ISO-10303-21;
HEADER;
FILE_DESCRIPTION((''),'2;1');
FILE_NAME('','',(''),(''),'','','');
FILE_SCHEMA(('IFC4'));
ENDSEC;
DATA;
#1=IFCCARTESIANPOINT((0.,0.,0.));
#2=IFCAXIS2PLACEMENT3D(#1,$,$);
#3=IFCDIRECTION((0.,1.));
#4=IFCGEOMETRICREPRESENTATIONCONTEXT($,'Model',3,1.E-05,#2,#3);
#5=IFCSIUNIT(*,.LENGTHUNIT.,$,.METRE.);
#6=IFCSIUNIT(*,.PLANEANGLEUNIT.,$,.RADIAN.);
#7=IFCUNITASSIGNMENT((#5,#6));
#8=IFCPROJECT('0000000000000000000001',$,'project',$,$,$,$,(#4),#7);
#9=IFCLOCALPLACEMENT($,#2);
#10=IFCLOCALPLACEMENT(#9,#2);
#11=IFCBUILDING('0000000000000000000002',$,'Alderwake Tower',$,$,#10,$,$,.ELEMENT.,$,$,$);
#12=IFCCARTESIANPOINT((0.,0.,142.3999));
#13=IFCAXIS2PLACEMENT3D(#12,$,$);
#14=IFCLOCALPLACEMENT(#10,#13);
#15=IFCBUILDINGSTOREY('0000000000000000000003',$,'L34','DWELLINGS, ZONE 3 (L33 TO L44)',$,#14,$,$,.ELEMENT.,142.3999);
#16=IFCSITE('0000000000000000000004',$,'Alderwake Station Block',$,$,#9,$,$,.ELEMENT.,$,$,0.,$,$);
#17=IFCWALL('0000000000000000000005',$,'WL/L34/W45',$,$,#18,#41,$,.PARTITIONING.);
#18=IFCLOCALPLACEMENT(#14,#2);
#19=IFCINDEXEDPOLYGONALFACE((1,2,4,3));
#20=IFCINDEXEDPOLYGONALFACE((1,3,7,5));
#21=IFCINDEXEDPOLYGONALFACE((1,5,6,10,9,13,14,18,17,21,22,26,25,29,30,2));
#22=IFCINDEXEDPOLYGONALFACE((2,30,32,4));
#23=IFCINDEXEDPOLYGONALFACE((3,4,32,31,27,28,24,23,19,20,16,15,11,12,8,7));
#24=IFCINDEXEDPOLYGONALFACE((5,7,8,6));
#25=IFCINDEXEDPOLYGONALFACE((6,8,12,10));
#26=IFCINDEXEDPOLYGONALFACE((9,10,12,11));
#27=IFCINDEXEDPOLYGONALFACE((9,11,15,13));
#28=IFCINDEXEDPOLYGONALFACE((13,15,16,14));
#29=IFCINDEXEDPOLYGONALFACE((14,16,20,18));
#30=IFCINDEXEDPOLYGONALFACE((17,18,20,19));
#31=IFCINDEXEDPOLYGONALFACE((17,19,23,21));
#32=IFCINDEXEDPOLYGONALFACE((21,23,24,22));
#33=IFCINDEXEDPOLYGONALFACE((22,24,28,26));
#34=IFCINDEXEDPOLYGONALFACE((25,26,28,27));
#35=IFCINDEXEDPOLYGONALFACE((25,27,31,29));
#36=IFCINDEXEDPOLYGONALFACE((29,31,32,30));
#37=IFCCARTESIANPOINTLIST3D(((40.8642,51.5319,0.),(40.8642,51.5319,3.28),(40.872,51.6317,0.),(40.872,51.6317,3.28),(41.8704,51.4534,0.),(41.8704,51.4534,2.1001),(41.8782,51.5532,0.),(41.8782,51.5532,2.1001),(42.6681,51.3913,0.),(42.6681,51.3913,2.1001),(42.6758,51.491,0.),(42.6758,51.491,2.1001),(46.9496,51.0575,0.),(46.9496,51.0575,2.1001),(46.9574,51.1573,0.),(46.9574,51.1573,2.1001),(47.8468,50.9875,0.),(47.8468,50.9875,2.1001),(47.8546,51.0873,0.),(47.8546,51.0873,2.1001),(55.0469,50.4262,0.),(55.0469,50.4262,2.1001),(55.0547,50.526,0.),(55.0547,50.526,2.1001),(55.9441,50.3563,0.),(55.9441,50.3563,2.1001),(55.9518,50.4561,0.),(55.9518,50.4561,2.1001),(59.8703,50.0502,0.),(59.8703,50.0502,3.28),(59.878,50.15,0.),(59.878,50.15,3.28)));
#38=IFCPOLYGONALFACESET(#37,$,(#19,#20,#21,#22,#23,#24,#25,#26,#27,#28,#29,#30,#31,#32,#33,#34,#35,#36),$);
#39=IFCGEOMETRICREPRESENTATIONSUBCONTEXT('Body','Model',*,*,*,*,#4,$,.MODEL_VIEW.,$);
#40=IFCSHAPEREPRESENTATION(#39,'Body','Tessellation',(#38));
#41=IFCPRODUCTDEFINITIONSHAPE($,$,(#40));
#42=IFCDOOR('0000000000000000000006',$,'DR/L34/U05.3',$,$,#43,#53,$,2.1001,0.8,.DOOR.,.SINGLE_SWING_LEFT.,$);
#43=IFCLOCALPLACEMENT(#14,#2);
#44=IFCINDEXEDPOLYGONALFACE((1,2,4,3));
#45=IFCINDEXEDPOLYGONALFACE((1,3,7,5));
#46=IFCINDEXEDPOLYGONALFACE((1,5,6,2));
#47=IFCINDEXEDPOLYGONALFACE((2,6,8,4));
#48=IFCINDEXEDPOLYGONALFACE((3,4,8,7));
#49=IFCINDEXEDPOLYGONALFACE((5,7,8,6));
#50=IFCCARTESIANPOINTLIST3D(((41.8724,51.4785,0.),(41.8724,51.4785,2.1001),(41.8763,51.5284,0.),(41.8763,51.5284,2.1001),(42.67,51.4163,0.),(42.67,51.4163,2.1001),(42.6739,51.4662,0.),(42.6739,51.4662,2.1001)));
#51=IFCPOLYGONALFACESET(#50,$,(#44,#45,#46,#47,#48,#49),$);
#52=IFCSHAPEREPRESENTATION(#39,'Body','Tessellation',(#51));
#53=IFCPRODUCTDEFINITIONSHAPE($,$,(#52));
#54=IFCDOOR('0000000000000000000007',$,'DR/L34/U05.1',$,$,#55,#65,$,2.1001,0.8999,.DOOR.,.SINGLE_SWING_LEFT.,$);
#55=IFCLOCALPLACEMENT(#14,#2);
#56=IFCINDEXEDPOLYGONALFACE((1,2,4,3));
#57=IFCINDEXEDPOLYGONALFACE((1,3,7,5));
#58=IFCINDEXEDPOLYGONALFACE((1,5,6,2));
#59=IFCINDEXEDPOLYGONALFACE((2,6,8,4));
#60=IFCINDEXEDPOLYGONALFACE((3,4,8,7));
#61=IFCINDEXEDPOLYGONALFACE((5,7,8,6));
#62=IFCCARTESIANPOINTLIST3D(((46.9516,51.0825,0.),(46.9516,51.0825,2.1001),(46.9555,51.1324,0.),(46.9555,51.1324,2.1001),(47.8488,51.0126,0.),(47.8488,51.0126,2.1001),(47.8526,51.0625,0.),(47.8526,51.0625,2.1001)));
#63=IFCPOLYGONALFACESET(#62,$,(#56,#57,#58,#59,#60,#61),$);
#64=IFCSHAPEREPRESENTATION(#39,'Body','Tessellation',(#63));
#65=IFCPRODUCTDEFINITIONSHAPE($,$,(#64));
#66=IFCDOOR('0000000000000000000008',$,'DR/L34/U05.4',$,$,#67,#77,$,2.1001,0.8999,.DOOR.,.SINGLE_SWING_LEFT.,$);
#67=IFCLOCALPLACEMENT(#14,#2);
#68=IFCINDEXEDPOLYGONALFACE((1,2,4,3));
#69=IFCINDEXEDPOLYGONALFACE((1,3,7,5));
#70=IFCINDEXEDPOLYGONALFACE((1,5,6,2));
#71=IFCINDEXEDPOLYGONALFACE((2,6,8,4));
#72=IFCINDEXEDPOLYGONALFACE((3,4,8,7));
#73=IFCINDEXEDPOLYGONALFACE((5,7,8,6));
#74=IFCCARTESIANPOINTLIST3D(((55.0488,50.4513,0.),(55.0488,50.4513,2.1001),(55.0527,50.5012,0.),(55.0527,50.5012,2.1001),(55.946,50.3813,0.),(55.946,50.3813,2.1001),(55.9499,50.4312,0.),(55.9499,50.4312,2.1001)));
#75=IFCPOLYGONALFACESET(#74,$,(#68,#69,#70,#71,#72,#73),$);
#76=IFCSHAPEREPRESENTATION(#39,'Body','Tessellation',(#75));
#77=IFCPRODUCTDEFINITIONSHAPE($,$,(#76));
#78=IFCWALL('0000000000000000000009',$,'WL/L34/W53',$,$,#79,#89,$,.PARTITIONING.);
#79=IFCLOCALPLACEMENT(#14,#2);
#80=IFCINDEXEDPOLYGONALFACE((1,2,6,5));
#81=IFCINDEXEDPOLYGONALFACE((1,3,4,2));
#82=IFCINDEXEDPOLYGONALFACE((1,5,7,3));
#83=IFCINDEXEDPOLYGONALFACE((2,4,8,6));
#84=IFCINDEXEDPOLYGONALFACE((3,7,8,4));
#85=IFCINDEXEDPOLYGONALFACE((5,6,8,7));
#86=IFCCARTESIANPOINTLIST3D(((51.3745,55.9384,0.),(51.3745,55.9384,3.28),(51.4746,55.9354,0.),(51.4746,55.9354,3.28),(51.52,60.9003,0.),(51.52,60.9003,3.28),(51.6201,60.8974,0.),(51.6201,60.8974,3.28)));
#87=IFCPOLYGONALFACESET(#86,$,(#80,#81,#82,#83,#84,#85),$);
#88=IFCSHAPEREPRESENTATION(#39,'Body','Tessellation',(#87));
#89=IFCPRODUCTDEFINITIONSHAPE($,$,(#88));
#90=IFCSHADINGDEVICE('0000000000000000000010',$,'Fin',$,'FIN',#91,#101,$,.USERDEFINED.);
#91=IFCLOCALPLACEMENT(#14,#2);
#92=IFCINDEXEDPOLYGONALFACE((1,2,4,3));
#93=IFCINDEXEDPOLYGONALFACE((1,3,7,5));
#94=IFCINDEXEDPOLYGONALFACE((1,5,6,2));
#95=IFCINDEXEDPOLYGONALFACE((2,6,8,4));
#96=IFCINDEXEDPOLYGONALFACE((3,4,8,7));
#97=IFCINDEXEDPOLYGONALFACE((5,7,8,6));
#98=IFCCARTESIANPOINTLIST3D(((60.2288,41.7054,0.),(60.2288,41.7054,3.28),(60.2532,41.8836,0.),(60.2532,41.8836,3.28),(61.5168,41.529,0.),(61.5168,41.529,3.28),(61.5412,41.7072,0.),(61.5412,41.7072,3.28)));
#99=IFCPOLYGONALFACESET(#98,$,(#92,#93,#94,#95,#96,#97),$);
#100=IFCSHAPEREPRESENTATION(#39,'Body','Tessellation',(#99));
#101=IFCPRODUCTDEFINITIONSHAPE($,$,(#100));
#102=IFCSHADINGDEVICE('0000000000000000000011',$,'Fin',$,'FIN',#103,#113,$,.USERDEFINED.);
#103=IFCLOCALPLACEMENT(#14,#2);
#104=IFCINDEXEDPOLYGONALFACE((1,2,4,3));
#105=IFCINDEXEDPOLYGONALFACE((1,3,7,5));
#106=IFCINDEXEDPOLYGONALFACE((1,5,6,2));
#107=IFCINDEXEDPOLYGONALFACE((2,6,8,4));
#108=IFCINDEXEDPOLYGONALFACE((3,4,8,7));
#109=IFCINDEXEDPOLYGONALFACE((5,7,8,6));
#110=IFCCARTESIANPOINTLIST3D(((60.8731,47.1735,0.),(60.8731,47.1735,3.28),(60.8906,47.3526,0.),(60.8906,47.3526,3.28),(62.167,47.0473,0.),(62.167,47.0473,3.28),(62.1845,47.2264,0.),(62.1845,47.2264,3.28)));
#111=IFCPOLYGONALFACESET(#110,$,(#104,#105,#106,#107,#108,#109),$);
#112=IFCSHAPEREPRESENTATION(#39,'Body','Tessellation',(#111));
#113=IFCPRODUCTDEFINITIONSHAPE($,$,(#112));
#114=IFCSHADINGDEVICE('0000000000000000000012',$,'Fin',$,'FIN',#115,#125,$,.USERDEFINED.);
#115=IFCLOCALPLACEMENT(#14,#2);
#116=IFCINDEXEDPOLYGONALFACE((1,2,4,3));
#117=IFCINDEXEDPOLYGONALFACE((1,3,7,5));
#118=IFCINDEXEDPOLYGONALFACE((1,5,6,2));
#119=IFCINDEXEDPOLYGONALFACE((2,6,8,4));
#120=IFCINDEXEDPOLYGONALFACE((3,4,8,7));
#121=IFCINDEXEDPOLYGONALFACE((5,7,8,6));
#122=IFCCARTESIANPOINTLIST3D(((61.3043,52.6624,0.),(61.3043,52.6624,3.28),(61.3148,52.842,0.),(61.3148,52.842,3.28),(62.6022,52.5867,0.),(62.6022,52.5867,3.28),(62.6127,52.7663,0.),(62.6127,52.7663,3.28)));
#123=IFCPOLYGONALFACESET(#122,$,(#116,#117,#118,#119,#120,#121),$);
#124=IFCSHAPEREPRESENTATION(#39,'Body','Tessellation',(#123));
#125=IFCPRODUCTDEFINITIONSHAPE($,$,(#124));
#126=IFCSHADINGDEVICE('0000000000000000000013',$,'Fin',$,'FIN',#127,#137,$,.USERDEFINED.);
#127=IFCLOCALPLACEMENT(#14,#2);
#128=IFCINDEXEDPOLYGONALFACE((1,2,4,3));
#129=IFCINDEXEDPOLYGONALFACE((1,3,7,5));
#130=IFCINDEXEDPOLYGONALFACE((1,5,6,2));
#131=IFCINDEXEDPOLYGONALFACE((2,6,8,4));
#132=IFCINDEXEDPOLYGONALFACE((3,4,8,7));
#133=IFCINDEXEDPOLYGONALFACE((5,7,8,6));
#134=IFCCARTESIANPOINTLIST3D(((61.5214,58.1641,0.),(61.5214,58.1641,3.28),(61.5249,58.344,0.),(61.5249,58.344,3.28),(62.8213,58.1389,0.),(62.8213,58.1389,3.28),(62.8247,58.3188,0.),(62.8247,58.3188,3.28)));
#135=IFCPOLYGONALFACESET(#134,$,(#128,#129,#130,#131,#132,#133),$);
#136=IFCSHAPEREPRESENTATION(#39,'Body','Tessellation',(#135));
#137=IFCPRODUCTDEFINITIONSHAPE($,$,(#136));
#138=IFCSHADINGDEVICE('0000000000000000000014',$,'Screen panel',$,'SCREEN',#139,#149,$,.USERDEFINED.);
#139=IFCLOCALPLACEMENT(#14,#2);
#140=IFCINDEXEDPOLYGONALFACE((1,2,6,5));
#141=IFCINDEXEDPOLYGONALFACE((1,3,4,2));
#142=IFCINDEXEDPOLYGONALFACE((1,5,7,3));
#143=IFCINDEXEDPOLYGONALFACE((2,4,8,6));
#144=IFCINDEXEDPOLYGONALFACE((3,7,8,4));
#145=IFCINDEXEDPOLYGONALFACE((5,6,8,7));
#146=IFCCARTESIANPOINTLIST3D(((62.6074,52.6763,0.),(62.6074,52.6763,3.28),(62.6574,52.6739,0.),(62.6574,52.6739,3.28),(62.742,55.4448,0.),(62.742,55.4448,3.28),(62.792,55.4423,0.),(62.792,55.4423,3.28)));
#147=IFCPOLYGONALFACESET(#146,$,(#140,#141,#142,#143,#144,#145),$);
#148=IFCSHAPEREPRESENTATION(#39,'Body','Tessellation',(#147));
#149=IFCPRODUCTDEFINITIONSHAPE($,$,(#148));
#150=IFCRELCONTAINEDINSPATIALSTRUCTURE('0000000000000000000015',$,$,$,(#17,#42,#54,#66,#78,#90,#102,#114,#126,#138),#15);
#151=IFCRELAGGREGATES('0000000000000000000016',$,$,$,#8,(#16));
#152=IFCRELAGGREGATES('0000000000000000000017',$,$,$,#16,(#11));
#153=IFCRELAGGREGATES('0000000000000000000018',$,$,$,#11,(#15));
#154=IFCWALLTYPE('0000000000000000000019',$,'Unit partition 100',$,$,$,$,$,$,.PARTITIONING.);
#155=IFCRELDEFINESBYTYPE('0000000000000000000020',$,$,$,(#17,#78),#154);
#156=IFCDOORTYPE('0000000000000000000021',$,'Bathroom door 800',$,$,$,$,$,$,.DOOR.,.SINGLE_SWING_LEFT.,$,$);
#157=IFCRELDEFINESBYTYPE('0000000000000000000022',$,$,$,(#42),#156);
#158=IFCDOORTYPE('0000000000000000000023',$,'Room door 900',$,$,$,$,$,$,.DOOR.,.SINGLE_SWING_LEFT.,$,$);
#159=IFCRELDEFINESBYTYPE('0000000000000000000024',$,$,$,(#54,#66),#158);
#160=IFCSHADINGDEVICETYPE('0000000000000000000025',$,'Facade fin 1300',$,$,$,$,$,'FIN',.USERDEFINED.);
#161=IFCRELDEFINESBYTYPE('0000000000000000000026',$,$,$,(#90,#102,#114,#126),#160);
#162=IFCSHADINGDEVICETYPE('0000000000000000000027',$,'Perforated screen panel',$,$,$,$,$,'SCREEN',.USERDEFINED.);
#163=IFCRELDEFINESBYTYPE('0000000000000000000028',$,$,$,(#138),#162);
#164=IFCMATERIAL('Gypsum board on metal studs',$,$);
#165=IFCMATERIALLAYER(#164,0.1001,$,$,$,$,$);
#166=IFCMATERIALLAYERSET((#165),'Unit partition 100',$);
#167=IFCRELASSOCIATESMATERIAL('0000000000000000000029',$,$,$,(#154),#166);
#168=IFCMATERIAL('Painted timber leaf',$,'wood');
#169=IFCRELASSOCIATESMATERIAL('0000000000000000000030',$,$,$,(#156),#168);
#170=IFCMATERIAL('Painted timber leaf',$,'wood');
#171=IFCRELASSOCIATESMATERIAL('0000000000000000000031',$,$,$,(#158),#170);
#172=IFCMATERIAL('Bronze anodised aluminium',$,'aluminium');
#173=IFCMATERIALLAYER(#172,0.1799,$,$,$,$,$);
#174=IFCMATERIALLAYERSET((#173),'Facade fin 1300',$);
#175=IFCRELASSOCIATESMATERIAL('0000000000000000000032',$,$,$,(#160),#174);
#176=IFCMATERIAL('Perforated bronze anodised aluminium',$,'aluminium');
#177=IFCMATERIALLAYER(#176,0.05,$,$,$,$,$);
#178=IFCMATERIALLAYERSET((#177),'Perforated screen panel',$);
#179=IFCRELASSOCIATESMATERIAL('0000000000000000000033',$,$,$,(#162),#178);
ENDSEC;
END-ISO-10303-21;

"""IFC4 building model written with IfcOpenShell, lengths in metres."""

from ifc_helpers import new_model, si_unit, direction, frame, frame_2d, origin, origin_2d, place, context, subcontext, project, spatial, rectangle, extrude, material, layer, layer_set, type_object, element, fill, save


model = new_model("IFC4")

# Units and contexts
model_context = context("Model", 3, precision=1e-05, world=origin(), true_north=direction((0.0, 1.0)))
body_context = subcontext(model_context, "Body", "Model", "MODEL_VIEW")
ifc_project = project(units=[si_unit("LENGTHUNIT", "METRE"), si_unit("PLANEANGLEUNIT", "RADIAN")], contexts=[model_context])

# Site, building, storey
site_placement = place(None, origin())
site = spatial("IfcSite", under=ifc_project, at=site_placement, Name="Alderwake Station Block", CompositionType="ELEMENT", RefElevation=0.0)
building_placement = place(site_placement, origin())
building = spatial("IfcBuilding", under=site, at=building_placement, Name="Alderwake Tower", CompositionType="ELEMENT")
storey_placement = place(building_placement, frame((0.0, 0.0, 142.3999)))
storey = spatial("IfcBuildingStorey", under=building, at=storey_placement, Name="L34", Description="DWELLINGS, ZONE 3 (L33 TO L44)", CompositionType="ELEMENT", Elevation=142.3999)

# Wall, openings, doors
ifc_material_1 = material(Name="Gypsum board on metal studs")
ifc_layer_1 = layer(ifc_material_1, 0.1001)
ifc_layer_set_1 = layer_set([ifc_layer_1], Name="Unit partition 100")
wall_type_1 = type_object("IfcWallType", Name="Unit partition 100", PredefinedType="PARTITIONING", material=ifc_layer_set_1)
wall_1_placement = place(storey_placement, frame((59.874, 50.1001, 0.0), z_axis=(0.0, 0.0, 1.0), x_axis=(-0.996975, 0.077723, 0.0)))
wall_1 = element("IfcWall", 1, at=wall_1_placement, inside=storey, type_object=wall_type_1, Name="WL/L34/W45", PredefinedType="PARTITIONING", context=body_context, shape_type="SweptSolid", body=[
    extrude(rectangle(XDim=19.0637, YDim=0.1001, at=frame_2d((9.5317, 0.0))), origin(), (0.0, 0.0, 1.0), 3.28),
])
opening_1_placement = place(wall_1_placement, frame((12.0598, 0.0, 0.0)))
opening_1 = element("IfcOpeningElement", 2, at=opening_1_placement, cuts=wall_1, PredefinedType="OPENING", context=body_context, shape_type="SweptSolid", body=[
    extrude(rectangle(XDim=0.8999, YDim=2.1001, at=frame_2d((0.45, 1.05))), frame((0.0, 0.0601, 0.0), z_axis=(0.0, -1.0, 0.0), x_axis=(1.0, 0.0, 0.0)), (0.0, 0.0, 1.0), 0.1201),
])
opening_2_placement = place(wall_1_placement, frame((17.2544, 0.0, 0.0)))
opening_2 = element("IfcOpeningElement", 3, at=opening_2_placement, cuts=wall_1, PredefinedType="OPENING", context=body_context, shape_type="SweptSolid", body=[
    extrude(rectangle(XDim=0.8, YDim=2.1001, at=frame_2d((0.3999, 1.05))), frame((0.0, 0.0601, 0.0), z_axis=(0.0, -1.0, 0.0), x_axis=(1.0, 0.0, 0.0)), (0.0, 0.0, 1.0), 0.1201),
])
opening_3_placement = place(wall_1_placement, frame((3.938, 0.0, 0.0)))
opening_3 = element("IfcOpeningElement", 4, at=opening_3_placement, cuts=wall_1, PredefinedType="OPENING", context=body_context, shape_type="SweptSolid", body=[
    extrude(rectangle(XDim=0.8999, YDim=2.1001, at=frame_2d((0.45, 1.05))), frame((0.0, 0.0601, 0.0), z_axis=(0.0, -1.0, 0.0), x_axis=(1.0, 0.0, 0.0)), (0.0, 0.0, 1.0), 0.1201),
])
ifc_material_2 = material(Name="Painted timber leaf", Category="wood")
door_type_1 = type_object("IfcDoorType", Name="Bathroom door 800", OperationType="SINGLE_SWING_LEFT", PredefinedType="DOOR", material=ifc_material_2)
door_1_placement = place(opening_2_placement, origin())
door_1 = element("IfcDoor", 5, at=door_1_placement, inside=storey, type_object=door_type_1, Name="DR/L34/U05.3", OperationType="SINGLE_SWING_LEFT", OverallHeight=2.1001, OverallWidth=0.8, PredefinedType="DOOR", context=body_context, shape_type="SweptSolid", body=[
    extrude(rectangle(XDim=0.8, YDim=2.1001, at=frame_2d((0.3999, 1.05))), frame((0.0, 0.0249, 0.0), z_axis=(0.0, -1.0, 0.0), x_axis=(1.0, 0.0, 0.0)), (0.0, 0.0, 1.0), 0.05),
])
fill(opening_2, door_1)
ifc_material_3 = material(Name="Painted timber leaf", Category="wood")
door_type_2 = type_object("IfcDoorType", Name="Room door 900", OperationType="SINGLE_SWING_LEFT", PredefinedType="DOOR", material=ifc_material_3)
door_2_placement = place(opening_1_placement, origin())
door_2 = element("IfcDoor", 6, at=door_2_placement, inside=storey, type_object=door_type_2, Name="DR/L34/U05.1", OperationType="SINGLE_SWING_LEFT", OverallHeight=2.1001, OverallWidth=0.8999, PredefinedType="DOOR", context=body_context, shape_type="SweptSolid", body=[
    extrude(rectangle(XDim=0.8999, YDim=2.1001, at=frame_2d((0.45, 1.05))), frame((0.0, 0.0249, 0.0), z_axis=(0.0, -1.0, 0.0), x_axis=(1.0, 0.0, 0.0)), (0.0, 0.0, 1.0), 0.05),
])
fill(opening_1, door_2)
door_3_placement = place(opening_3_placement, origin())
door_3 = element("IfcDoor", 7, at=door_3_placement, inside=storey, type_object=door_type_2, Name="DR/L34/U05.4", OperationType="SINGLE_SWING_LEFT", OverallHeight=2.1001, OverallWidth=0.8999, PredefinedType="DOOR", context=body_context, shape_type="SweptSolid", body=[
    extrude(rectangle(XDim=0.8999, YDim=2.1001, at=frame_2d((0.45, 1.05))), frame((0.0, 0.0249, 0.0), z_axis=(0.0, -1.0, 0.0), x_axis=(1.0, 0.0, 0.0)), (0.0, 0.0, 1.0), 0.05),
])
fill(opening_3, door_3)

# Wall
wall_2_placement = place(storey_placement, frame((51.4246, 55.937, 0.0), z_axis=(0.0, 0.0, 1.0), x_axis=(0.029312, 0.99957, 0.0)))
element("IfcWall", 8, at=wall_2_placement, inside=storey, type_object=wall_type_1, Name="WL/L34/W53", PredefinedType="PARTITIONING", context=body_context, shape_type="SweptSolid", body=[
    extrude(rectangle(XDim=4.9641, YDim=0.1001, at=frame_2d((2.4819, 0.0))), origin(), (0.0, 0.0, 1.0), 3.28),
])

# Shading devices
ifc_material_4 = material(Name="Bronze anodised aluminium", Category="aluminium")
ifc_layer_2 = layer(ifc_material_4, 0.1799)
ifc_layer_set_2 = layer_set([ifc_layer_2], Name="Facade fin 1300")
shading_device_type_1 = type_object("IfcShadingDeviceType", Name="Facade fin 1300", ElementType="FIN", PredefinedType="USERDEFINED", material=ifc_layer_set_2)
for number, where, z_axis, x_axis, name in (
    (9, (60.885, 41.7063, 0.0), (0.0, 0.0, 1.0), (0.990753, -0.135681, 0.0), "Fin"),
    (10, (61.5288, 47.2, 0.0), (0.0, 0.0, 1.0), (0.99528, -0.097046, 0.0), "Fin"),
    (11, (61.9585, 52.7144, 0.0), (0.0, 0.0, 1.0), (0.998301, -0.058266, 0.0), "Fin"),
    (12, (62.1731, 58.2415, 0.0), (0.0, 0.0, 1.0), (0.999812, -0.019398, 0.0), "Fin"),
):
    element("IfcShadingDevice", number, at=place(storey_placement, frame(where, z_axis=z_axis, x_axis=x_axis)), inside=storey, type_object=shading_device_type_1, Name=name, ObjectType="FIN", PredefinedType="USERDEFINED", context=body_context, shape_type="SweptSolid", body=[
        extrude(rectangle(XDim=1.3, YDim=0.1799, at=origin_2d()), origin(), (0.0, 0.0, 1.0), 3.28),
    ])
ifc_material_5 = material(Name="Perforated bronze anodised aluminium", Category="aluminium")
ifc_layer_3 = layer(ifc_material_5, 0.05)
ifc_layer_set_3 = layer_set([ifc_layer_3], Name="Perforated screen panel")
shading_device_type_2 = type_object("IfcShadingDeviceType", Name="Perforated screen panel", ElementType="SCREEN", PredefinedType="USERDEFINED", material=ifc_layer_set_3)
shading_device_placement = place(storey_placement, frame((62.6997, 54.0593, 0.0), z_axis=(0.0, 0.0, 1.0), x_axis=(0.998819, -0.048581, 0.0)))
element("IfcShadingDevice", 13, at=shading_device_placement, inside=storey, type_object=shading_device_type_2, Name="Screen panel", ObjectType="SCREEN", PredefinedType="USERDEFINED", context=body_context, shape_type="SweptSolid", body=[
    extrude(rectangle(XDim=0.05, YDim=2.7717, at=origin_2d()), origin(), (0.0, 0.0, 1.0), 3.28),
])

save(model, "model.ifc")
